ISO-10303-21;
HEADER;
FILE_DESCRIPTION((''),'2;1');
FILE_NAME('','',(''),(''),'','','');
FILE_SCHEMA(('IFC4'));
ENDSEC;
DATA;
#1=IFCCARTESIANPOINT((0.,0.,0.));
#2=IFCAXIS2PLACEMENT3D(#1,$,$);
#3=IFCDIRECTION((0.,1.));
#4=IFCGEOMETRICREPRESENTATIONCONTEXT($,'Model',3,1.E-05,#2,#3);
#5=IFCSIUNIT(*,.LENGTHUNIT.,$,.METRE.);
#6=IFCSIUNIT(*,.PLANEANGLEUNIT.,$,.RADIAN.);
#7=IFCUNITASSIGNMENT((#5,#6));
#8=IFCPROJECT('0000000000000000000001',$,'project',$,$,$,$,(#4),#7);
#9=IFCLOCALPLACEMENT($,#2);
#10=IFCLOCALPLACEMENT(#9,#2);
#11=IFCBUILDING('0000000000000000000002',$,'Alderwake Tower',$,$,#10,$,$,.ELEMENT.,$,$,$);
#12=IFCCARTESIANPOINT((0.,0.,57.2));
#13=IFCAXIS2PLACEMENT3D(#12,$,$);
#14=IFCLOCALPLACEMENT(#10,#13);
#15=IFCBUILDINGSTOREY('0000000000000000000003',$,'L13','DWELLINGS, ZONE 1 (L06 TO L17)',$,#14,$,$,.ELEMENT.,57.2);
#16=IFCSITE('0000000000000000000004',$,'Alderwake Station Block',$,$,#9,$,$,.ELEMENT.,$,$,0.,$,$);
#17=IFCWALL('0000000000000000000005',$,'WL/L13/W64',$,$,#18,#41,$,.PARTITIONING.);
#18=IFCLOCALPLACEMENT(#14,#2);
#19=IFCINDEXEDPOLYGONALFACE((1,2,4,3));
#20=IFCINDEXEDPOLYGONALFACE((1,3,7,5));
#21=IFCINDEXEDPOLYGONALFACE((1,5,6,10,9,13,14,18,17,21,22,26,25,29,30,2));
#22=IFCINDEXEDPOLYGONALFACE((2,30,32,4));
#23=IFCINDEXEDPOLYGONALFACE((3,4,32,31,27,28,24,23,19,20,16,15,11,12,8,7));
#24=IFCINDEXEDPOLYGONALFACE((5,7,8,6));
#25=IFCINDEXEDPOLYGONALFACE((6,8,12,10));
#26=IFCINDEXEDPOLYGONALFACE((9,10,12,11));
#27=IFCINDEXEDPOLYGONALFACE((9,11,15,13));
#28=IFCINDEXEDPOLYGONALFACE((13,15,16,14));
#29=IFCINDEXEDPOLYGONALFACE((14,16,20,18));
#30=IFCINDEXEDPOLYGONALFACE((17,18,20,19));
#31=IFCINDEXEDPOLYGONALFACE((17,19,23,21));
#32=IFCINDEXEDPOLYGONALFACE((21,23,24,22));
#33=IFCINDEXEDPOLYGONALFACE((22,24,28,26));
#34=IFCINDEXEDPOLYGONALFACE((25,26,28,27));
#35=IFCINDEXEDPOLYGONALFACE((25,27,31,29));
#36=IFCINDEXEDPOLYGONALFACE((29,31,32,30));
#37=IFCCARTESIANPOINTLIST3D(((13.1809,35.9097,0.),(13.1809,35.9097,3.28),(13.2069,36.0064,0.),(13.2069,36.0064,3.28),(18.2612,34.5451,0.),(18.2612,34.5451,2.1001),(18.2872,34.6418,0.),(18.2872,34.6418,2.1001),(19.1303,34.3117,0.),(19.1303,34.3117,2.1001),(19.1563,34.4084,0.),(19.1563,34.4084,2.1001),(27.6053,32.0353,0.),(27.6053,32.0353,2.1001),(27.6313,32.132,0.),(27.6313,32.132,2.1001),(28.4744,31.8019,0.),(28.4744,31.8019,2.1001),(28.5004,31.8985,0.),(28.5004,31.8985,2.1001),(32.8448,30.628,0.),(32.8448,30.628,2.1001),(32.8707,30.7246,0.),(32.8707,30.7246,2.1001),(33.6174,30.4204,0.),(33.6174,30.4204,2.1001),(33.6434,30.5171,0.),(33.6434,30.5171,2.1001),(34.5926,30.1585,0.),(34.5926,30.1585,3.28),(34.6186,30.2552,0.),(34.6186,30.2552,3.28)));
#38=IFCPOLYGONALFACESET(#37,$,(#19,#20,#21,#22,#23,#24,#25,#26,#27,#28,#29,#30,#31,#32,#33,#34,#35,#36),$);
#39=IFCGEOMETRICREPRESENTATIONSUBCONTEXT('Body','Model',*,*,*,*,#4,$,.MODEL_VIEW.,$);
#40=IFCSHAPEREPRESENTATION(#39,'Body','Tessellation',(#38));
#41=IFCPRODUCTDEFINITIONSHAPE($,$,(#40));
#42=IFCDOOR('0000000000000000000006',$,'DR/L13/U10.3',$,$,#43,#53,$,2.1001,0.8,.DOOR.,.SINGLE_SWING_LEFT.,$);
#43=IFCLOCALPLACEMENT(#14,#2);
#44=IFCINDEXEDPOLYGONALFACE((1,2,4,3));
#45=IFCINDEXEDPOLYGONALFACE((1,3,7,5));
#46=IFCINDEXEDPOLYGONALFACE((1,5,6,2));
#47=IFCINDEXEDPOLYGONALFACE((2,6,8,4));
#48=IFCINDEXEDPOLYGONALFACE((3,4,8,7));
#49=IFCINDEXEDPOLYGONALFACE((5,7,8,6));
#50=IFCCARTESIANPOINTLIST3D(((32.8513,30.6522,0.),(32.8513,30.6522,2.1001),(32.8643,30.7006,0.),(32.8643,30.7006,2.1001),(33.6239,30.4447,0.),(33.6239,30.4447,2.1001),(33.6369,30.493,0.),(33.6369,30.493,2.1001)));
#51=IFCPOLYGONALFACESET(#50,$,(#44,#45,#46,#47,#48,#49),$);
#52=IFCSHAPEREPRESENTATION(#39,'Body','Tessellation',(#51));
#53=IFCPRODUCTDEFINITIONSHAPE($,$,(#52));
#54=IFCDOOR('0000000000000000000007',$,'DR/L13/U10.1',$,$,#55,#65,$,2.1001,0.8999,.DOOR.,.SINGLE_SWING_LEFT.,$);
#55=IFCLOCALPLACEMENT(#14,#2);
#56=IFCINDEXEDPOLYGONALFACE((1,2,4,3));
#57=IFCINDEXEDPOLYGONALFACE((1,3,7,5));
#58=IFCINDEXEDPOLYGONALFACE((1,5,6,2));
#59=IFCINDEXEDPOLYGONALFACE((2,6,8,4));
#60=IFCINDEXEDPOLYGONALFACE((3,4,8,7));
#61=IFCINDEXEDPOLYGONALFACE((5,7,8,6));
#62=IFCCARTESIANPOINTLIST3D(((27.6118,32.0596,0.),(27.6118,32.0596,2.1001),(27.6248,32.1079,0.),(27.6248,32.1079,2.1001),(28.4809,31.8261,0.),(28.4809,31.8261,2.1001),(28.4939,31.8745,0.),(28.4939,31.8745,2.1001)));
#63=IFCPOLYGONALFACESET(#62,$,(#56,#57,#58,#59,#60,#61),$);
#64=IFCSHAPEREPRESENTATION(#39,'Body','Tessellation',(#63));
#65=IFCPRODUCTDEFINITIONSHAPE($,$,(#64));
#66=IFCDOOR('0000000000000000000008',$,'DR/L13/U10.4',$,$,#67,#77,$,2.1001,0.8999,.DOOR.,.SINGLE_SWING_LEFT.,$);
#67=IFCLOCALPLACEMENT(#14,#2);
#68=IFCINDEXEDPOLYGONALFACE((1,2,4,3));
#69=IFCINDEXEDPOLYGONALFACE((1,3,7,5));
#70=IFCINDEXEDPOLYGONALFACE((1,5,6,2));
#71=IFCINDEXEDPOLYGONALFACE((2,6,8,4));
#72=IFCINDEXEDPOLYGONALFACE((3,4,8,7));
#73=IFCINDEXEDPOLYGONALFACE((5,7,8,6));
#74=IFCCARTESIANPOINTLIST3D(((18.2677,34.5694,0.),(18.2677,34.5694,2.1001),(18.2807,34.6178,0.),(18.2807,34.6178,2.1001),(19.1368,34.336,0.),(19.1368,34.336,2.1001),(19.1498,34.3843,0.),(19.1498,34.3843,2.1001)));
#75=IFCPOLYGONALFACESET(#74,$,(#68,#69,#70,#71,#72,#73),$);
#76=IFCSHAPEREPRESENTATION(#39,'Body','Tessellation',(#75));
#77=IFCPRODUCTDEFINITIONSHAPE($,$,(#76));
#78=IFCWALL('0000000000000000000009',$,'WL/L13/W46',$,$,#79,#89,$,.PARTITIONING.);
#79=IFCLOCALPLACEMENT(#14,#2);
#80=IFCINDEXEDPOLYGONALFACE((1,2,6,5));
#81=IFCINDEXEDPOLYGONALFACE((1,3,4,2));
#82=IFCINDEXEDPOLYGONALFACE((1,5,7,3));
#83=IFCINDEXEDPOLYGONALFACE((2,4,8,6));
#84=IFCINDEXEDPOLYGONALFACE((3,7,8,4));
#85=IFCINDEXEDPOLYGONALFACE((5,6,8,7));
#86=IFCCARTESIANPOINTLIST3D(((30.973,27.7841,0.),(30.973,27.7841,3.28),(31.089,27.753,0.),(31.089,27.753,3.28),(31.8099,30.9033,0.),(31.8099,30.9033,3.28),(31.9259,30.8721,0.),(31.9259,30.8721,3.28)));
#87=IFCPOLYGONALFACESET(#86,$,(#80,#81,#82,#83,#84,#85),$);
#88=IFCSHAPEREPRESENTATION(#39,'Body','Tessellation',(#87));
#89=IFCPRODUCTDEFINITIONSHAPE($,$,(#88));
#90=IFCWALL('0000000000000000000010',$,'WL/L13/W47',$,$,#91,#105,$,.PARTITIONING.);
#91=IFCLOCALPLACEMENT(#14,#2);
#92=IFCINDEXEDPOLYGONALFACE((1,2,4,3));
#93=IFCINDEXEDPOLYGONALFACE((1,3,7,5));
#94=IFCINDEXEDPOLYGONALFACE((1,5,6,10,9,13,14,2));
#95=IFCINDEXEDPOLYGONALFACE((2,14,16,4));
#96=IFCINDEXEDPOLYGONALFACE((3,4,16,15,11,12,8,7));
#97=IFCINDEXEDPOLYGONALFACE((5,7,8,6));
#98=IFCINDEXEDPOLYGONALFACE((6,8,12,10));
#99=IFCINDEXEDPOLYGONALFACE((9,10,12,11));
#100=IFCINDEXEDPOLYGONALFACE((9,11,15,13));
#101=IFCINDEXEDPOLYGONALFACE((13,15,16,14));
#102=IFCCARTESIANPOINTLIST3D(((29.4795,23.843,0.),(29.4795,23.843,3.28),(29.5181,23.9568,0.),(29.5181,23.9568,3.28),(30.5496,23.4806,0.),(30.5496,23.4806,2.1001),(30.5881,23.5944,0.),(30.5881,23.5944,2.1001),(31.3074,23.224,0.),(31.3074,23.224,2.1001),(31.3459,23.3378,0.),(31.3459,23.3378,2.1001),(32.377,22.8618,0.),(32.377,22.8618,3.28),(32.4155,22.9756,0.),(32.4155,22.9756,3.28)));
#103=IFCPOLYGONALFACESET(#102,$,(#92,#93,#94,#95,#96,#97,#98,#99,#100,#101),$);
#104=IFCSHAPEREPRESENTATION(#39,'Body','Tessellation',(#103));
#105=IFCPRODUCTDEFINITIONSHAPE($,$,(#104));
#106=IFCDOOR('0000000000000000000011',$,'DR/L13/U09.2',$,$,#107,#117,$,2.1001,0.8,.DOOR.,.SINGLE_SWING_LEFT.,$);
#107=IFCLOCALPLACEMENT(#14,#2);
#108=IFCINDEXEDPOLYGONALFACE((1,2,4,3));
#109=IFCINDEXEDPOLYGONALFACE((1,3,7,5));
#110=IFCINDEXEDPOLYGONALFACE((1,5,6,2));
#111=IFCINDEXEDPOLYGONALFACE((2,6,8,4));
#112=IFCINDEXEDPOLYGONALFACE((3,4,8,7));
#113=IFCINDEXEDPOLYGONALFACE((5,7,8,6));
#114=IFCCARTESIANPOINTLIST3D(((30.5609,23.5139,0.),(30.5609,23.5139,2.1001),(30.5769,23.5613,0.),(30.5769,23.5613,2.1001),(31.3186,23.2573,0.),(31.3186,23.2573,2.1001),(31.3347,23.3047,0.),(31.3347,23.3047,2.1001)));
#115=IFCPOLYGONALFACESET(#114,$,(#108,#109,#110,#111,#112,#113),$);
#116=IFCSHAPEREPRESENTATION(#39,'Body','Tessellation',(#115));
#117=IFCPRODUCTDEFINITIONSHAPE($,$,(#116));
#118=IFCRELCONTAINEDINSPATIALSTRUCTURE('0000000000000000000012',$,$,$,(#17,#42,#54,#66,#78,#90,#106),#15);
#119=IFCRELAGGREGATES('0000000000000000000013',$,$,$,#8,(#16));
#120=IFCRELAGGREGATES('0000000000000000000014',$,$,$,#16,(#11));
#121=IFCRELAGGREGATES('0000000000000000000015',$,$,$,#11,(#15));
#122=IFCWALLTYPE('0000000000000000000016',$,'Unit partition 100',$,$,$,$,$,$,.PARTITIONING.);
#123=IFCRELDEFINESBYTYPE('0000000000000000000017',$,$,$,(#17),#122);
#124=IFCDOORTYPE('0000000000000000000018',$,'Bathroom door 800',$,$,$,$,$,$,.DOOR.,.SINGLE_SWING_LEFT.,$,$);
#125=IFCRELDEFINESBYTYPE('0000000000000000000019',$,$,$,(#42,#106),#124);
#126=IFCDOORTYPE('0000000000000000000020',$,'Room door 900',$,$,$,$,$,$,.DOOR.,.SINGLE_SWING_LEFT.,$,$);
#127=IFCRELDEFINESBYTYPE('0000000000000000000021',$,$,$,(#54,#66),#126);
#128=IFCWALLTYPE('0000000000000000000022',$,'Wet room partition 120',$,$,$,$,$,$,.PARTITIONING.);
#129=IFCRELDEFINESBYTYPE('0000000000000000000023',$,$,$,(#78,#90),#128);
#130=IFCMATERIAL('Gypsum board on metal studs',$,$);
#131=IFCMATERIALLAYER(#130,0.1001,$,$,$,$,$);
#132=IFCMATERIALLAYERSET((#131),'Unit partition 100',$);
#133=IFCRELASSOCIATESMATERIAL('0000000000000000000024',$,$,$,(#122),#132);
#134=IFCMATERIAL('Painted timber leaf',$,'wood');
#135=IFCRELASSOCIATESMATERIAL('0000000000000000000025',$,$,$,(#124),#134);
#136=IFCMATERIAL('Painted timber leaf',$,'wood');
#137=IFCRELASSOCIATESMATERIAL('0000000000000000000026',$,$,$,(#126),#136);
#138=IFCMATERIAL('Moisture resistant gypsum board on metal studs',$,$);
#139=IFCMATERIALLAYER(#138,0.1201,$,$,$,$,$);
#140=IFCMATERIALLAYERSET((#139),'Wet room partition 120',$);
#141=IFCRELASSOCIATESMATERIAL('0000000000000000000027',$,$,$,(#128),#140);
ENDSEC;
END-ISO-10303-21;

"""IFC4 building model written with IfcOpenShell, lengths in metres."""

from ifc_helpers import new_model, si_unit, direction, frame, frame_2d, origin, place, context, subcontext, project, spatial, rectangle, extrude, material, layer, layer_set, type_object, element, fill, save


model = new_model("IFC4")

# Units and contexts
model_context = context("Model", 3, precision=1e-05, world=origin(), true_north=direction((0.0, 1.0)))
body_context = subcontext(model_context, "Body", "Model", "MODEL_VIEW")
ifc_project = project(units=[si_unit("LENGTHUNIT", "METRE"), si_unit("PLANEANGLEUNIT", "RADIAN")], contexts=[model_context])

# Site, building, storey
site_placement = place(None, origin())
site = spatial("IfcSite", under=ifc_project, at=site_placement, Name="Alderwake Station Block", CompositionType="ELEMENT", RefElevation=0.0)
building_placement = place(site_placement, origin())
building = spatial("IfcBuilding", under=site, at=building_placement, Name="Alderwake Tower", CompositionType="ELEMENT")
storey_placement = place(building_placement, frame((0.0, 0.0, 57.2)))
storey = spatial("IfcBuildingStorey", under=building, at=storey_placement, Name="L13", Description="DWELLINGS, ZONE 1 (L06 TO L17)", CompositionType="ELEMENT", Elevation=57.2)

# Wall, openings, doors
ifc_material_1 = material(Name="Gypsum board on metal studs")
ifc_layer_1 = layer(ifc_material_1, 0.1001)
ifc_layer_set_1 = layer_set([ifc_layer_1], Name="Unit partition 100")
wall_type_1 = type_object("IfcWallType", Name="Unit partition 100", PredefinedType="PARTITIONING", material=ifc_layer_set_1)
wall_1_placement = place(storey_placement, frame((34.6057, 30.2068, 0.0), z_axis=(0.0, 0.0, 1.0), x_axis=(-0.965768, 0.259408, 0.0)))
wall_1 = element("IfcWall", 1, at=wall_1_placement, inside=storey, type_object=wall_type_1, Name="WL/L13/W64", PredefinedType="PARTITIONING", context=body_context, shape_type="SweptSolid", body=[
    extrude(rectangle(XDim=22.1707, YDim=0.1001, at=frame_2d((11.0854, 0.0))), origin(), (0.0, 0.0, 1.0), 3.28),
])
opening_1_placement = place(wall_1_placement, frame((6.3352, 0.0, 0.0)))
opening_1 = element("IfcOpeningElement", 2, at=opening_1_placement, cuts=wall_1, PredefinedType="OPENING", context=body_context, shape_type="SweptSolid", body=[
    extrude(rectangle(XDim=0.8999, YDim=2.1001, at=frame_2d((0.45, 1.05))), frame((0.0, 0.0601, 0.0), z_axis=(0.0, -1.0, 0.0), x_axis=(1.0, 0.0, 0.0)), (0.0, 0.0, 1.0), 0.1201),
])
opening_2_placement = place(wall_1_placement, frame((1.01, 0.0, 0.0)))
opening_2 = element("IfcOpeningElement", 3, at=opening_2_placement, cuts=wall_1, PredefinedType="OPENING", context=body_context, shape_type="SweptSolid", body=[
    extrude(rectangle(XDim=0.8, YDim=2.1001, at=frame_2d((0.3999, 1.05))), frame((0.0, 0.0601, 0.0), z_axis=(0.0, -1.0, 0.0), x_axis=(1.0, 0.0, 0.0)), (0.0, 0.0, 1.0), 0.1201),
])
opening_3_placement = place(wall_1_placement, frame((16.0105, 0.0, 0.0)))
opening_3 = element("IfcOpeningElement", 4, at=opening_3_placement, cuts=wall_1, PredefinedType="OPENING", context=body_context, shape_type="SweptSolid", body=[
    extrude(rectangle(XDim=0.8999, YDim=2.1001, at=frame_2d((0.45, 1.05))), frame((0.0, 0.0601, 0.0), z_axis=(0.0, -1.0, 0.0), x_axis=(1.0, 0.0, 0.0)), (0.0, 0.0, 1.0), 0.1201),
])
ifc_material_2 = material(Name="Painted timber leaf", Category="wood")
door_type_1 = type_object("IfcDoorType", Name="Bathroom door 800", OperationType="SINGLE_SWING_LEFT", PredefinedType="DOOR", material=ifc_material_2)
door_1_placement = place(opening_2_placement, origin())
door_1 = element("IfcDoor", 5, at=door_1_placement, inside=storey, type_object=door_type_1, Name="DR/L13/U10.3", OperationType="SINGLE_SWING_LEFT", OverallHeight=2.1001, OverallWidth=0.8, PredefinedType="DOOR", context=body_context, shape_type="SweptSolid", body=[
    extrude(rectangle(XDim=0.8, YDim=2.1001, at=frame_2d((0.3999, 1.05))), frame((0.0, 0.0249, 0.0), z_axis=(0.0, -1.0, 0.0), x_axis=(1.0, 0.0, 0.0)), (0.0, 0.0, 1.0), 0.05),
])
fill(opening_2, door_1)
ifc_material_3 = material(Name="Painted timber leaf", Category="wood")
door_type_2 = type_object("IfcDoorType", Name="Room door 900", OperationType="SINGLE_SWING_LEFT", PredefinedType="DOOR", material=ifc_material_3)
door_2_placement = place(opening_1_placement, origin())
door_2 = element("IfcDoor", 6, at=door_2_placement, inside=storey, type_object=door_type_2, Name="DR/L13/U10.1", OperationType="SINGLE_SWING_LEFT", OverallHeight=2.1001, OverallWidth=0.8999, PredefinedType="DOOR", context=body_context, shape_type="SweptSolid", body=[
    extrude(rectangle(XDim=0.8999, YDim=2.1001, at=frame_2d((0.45, 1.05))), frame((0.0, 0.0249, 0.0), z_axis=(0.0, -1.0, 0.0), x_axis=(1.0, 0.0, 0.0)), (0.0, 0.0, 1.0), 0.05),
])
fill(opening_1, door_2)
door_3_placement = place(opening_3_placement, origin())
door_3 = element("IfcDoor", 7, at=door_3_placement, inside=storey, type_object=door_type_2, Name="DR/L13/U10.4", OperationType="SINGLE_SWING_LEFT", OverallHeight=2.1001, OverallWidth=0.8999, PredefinedType="DOOR", context=body_context, shape_type="SweptSolid", body=[
    extrude(rectangle(XDim=0.8999, YDim=2.1001, at=frame_2d((0.45, 1.05))), frame((0.0, 0.0249, 0.0), z_axis=(0.0, -1.0, 0.0), x_axis=(1.0, 0.0, 0.0)), (0.0, 0.0, 1.0), 0.05),
])
fill(opening_3, door_3)

# Wall
ifc_material_4 = material(Name="Moisture resistant gypsum board on metal studs")
ifc_layer_2 = layer(ifc_material_4, 0.1201)
ifc_layer_set_2 = layer_set([ifc_layer_2], Name="Wet room partition 120")
wall_type_2 = type_object("IfcWallType", Name="Wet room partition 120", PredefinedType="PARTITIONING", material=ifc_layer_set_2)
wall_2_placement = place(storey_placement, frame((31.8679, 30.8877, 0.0), z_axis=(0.0, 0.0, 1.0), x_axis=(-0.259149, -0.965837, 0.0)))
element("IfcWall", 8, at=wall_2_placement, inside=storey, type_object=wall_type_2, Name="WL/L13/W46", PredefinedType="PARTITIONING", context=body_context, shape_type="SweptSolid", body=[
    extrude(rectangle(XDim=3.2295, YDim=0.1201, at=frame_2d((1.6147, 0.0))), origin(), (0.0, 0.0, 1.0), 3.28),
])

# Wall, opening, door
wall_3_placement = place(storey_placement, frame((32.3962, 22.9187, 0.0), z_axis=(0.0, 0.0, 1.0), x_axis=(-0.947164, 0.320749, 0.0)))
wall_3 = element("IfcWall", 9, at=wall_3_placement, inside=storey, type_object=wall_type_2, Name="WL/L13/W47", PredefinedType="PARTITIONING", context=body_context, shape_type="SweptSolid", body=[
    extrude(rectangle(XDim=3.0591, YDim=0.1201, at=frame_2d((1.5295, 0.0))), origin(), (0.0, 0.0, 1.0), 3.28),
])
opening_4_placement = place(wall_3_placement, frame((1.1294, 0.0, 0.0)))
opening_4 = element("IfcOpeningElement", 10, at=opening_4_placement, cuts=wall_3, PredefinedType="OPENING", context=body_context, shape_type="SweptSolid", body=[
    extrude(rectangle(XDim=0.8, YDim=2.1001, at=frame_2d((0.3999, 1.05))), frame((0.0, 0.0701, 0.0), z_axis=(0.0, -1.0, 0.0), x_axis=(1.0, 0.0, 0.0)), (0.0, 0.0, 1.0), 0.1401),
])
door_4_placement = place(opening_4_placement, origin())
door_4 = element("IfcDoor", 11, at=door_4_placement, inside=storey, type_object=door_type_1, Name="DR/L13/U09.2", OperationType="SINGLE_SWING_LEFT", OverallHeight=2.1001, OverallWidth=0.8, PredefinedType="DOOR", context=body_context, shape_type="SweptSolid", body=[
    extrude(rectangle(XDim=0.8, YDim=2.1001, at=frame_2d((0.3999, 1.05))), frame((0.0, 0.0249, 0.0), z_axis=(0.0, -1.0, 0.0), x_axis=(1.0, 0.0, 0.0)), (0.0, 0.0, 1.0), 0.05),
])
fill(opening_4, door_4)

save(model, "model.ifc")
